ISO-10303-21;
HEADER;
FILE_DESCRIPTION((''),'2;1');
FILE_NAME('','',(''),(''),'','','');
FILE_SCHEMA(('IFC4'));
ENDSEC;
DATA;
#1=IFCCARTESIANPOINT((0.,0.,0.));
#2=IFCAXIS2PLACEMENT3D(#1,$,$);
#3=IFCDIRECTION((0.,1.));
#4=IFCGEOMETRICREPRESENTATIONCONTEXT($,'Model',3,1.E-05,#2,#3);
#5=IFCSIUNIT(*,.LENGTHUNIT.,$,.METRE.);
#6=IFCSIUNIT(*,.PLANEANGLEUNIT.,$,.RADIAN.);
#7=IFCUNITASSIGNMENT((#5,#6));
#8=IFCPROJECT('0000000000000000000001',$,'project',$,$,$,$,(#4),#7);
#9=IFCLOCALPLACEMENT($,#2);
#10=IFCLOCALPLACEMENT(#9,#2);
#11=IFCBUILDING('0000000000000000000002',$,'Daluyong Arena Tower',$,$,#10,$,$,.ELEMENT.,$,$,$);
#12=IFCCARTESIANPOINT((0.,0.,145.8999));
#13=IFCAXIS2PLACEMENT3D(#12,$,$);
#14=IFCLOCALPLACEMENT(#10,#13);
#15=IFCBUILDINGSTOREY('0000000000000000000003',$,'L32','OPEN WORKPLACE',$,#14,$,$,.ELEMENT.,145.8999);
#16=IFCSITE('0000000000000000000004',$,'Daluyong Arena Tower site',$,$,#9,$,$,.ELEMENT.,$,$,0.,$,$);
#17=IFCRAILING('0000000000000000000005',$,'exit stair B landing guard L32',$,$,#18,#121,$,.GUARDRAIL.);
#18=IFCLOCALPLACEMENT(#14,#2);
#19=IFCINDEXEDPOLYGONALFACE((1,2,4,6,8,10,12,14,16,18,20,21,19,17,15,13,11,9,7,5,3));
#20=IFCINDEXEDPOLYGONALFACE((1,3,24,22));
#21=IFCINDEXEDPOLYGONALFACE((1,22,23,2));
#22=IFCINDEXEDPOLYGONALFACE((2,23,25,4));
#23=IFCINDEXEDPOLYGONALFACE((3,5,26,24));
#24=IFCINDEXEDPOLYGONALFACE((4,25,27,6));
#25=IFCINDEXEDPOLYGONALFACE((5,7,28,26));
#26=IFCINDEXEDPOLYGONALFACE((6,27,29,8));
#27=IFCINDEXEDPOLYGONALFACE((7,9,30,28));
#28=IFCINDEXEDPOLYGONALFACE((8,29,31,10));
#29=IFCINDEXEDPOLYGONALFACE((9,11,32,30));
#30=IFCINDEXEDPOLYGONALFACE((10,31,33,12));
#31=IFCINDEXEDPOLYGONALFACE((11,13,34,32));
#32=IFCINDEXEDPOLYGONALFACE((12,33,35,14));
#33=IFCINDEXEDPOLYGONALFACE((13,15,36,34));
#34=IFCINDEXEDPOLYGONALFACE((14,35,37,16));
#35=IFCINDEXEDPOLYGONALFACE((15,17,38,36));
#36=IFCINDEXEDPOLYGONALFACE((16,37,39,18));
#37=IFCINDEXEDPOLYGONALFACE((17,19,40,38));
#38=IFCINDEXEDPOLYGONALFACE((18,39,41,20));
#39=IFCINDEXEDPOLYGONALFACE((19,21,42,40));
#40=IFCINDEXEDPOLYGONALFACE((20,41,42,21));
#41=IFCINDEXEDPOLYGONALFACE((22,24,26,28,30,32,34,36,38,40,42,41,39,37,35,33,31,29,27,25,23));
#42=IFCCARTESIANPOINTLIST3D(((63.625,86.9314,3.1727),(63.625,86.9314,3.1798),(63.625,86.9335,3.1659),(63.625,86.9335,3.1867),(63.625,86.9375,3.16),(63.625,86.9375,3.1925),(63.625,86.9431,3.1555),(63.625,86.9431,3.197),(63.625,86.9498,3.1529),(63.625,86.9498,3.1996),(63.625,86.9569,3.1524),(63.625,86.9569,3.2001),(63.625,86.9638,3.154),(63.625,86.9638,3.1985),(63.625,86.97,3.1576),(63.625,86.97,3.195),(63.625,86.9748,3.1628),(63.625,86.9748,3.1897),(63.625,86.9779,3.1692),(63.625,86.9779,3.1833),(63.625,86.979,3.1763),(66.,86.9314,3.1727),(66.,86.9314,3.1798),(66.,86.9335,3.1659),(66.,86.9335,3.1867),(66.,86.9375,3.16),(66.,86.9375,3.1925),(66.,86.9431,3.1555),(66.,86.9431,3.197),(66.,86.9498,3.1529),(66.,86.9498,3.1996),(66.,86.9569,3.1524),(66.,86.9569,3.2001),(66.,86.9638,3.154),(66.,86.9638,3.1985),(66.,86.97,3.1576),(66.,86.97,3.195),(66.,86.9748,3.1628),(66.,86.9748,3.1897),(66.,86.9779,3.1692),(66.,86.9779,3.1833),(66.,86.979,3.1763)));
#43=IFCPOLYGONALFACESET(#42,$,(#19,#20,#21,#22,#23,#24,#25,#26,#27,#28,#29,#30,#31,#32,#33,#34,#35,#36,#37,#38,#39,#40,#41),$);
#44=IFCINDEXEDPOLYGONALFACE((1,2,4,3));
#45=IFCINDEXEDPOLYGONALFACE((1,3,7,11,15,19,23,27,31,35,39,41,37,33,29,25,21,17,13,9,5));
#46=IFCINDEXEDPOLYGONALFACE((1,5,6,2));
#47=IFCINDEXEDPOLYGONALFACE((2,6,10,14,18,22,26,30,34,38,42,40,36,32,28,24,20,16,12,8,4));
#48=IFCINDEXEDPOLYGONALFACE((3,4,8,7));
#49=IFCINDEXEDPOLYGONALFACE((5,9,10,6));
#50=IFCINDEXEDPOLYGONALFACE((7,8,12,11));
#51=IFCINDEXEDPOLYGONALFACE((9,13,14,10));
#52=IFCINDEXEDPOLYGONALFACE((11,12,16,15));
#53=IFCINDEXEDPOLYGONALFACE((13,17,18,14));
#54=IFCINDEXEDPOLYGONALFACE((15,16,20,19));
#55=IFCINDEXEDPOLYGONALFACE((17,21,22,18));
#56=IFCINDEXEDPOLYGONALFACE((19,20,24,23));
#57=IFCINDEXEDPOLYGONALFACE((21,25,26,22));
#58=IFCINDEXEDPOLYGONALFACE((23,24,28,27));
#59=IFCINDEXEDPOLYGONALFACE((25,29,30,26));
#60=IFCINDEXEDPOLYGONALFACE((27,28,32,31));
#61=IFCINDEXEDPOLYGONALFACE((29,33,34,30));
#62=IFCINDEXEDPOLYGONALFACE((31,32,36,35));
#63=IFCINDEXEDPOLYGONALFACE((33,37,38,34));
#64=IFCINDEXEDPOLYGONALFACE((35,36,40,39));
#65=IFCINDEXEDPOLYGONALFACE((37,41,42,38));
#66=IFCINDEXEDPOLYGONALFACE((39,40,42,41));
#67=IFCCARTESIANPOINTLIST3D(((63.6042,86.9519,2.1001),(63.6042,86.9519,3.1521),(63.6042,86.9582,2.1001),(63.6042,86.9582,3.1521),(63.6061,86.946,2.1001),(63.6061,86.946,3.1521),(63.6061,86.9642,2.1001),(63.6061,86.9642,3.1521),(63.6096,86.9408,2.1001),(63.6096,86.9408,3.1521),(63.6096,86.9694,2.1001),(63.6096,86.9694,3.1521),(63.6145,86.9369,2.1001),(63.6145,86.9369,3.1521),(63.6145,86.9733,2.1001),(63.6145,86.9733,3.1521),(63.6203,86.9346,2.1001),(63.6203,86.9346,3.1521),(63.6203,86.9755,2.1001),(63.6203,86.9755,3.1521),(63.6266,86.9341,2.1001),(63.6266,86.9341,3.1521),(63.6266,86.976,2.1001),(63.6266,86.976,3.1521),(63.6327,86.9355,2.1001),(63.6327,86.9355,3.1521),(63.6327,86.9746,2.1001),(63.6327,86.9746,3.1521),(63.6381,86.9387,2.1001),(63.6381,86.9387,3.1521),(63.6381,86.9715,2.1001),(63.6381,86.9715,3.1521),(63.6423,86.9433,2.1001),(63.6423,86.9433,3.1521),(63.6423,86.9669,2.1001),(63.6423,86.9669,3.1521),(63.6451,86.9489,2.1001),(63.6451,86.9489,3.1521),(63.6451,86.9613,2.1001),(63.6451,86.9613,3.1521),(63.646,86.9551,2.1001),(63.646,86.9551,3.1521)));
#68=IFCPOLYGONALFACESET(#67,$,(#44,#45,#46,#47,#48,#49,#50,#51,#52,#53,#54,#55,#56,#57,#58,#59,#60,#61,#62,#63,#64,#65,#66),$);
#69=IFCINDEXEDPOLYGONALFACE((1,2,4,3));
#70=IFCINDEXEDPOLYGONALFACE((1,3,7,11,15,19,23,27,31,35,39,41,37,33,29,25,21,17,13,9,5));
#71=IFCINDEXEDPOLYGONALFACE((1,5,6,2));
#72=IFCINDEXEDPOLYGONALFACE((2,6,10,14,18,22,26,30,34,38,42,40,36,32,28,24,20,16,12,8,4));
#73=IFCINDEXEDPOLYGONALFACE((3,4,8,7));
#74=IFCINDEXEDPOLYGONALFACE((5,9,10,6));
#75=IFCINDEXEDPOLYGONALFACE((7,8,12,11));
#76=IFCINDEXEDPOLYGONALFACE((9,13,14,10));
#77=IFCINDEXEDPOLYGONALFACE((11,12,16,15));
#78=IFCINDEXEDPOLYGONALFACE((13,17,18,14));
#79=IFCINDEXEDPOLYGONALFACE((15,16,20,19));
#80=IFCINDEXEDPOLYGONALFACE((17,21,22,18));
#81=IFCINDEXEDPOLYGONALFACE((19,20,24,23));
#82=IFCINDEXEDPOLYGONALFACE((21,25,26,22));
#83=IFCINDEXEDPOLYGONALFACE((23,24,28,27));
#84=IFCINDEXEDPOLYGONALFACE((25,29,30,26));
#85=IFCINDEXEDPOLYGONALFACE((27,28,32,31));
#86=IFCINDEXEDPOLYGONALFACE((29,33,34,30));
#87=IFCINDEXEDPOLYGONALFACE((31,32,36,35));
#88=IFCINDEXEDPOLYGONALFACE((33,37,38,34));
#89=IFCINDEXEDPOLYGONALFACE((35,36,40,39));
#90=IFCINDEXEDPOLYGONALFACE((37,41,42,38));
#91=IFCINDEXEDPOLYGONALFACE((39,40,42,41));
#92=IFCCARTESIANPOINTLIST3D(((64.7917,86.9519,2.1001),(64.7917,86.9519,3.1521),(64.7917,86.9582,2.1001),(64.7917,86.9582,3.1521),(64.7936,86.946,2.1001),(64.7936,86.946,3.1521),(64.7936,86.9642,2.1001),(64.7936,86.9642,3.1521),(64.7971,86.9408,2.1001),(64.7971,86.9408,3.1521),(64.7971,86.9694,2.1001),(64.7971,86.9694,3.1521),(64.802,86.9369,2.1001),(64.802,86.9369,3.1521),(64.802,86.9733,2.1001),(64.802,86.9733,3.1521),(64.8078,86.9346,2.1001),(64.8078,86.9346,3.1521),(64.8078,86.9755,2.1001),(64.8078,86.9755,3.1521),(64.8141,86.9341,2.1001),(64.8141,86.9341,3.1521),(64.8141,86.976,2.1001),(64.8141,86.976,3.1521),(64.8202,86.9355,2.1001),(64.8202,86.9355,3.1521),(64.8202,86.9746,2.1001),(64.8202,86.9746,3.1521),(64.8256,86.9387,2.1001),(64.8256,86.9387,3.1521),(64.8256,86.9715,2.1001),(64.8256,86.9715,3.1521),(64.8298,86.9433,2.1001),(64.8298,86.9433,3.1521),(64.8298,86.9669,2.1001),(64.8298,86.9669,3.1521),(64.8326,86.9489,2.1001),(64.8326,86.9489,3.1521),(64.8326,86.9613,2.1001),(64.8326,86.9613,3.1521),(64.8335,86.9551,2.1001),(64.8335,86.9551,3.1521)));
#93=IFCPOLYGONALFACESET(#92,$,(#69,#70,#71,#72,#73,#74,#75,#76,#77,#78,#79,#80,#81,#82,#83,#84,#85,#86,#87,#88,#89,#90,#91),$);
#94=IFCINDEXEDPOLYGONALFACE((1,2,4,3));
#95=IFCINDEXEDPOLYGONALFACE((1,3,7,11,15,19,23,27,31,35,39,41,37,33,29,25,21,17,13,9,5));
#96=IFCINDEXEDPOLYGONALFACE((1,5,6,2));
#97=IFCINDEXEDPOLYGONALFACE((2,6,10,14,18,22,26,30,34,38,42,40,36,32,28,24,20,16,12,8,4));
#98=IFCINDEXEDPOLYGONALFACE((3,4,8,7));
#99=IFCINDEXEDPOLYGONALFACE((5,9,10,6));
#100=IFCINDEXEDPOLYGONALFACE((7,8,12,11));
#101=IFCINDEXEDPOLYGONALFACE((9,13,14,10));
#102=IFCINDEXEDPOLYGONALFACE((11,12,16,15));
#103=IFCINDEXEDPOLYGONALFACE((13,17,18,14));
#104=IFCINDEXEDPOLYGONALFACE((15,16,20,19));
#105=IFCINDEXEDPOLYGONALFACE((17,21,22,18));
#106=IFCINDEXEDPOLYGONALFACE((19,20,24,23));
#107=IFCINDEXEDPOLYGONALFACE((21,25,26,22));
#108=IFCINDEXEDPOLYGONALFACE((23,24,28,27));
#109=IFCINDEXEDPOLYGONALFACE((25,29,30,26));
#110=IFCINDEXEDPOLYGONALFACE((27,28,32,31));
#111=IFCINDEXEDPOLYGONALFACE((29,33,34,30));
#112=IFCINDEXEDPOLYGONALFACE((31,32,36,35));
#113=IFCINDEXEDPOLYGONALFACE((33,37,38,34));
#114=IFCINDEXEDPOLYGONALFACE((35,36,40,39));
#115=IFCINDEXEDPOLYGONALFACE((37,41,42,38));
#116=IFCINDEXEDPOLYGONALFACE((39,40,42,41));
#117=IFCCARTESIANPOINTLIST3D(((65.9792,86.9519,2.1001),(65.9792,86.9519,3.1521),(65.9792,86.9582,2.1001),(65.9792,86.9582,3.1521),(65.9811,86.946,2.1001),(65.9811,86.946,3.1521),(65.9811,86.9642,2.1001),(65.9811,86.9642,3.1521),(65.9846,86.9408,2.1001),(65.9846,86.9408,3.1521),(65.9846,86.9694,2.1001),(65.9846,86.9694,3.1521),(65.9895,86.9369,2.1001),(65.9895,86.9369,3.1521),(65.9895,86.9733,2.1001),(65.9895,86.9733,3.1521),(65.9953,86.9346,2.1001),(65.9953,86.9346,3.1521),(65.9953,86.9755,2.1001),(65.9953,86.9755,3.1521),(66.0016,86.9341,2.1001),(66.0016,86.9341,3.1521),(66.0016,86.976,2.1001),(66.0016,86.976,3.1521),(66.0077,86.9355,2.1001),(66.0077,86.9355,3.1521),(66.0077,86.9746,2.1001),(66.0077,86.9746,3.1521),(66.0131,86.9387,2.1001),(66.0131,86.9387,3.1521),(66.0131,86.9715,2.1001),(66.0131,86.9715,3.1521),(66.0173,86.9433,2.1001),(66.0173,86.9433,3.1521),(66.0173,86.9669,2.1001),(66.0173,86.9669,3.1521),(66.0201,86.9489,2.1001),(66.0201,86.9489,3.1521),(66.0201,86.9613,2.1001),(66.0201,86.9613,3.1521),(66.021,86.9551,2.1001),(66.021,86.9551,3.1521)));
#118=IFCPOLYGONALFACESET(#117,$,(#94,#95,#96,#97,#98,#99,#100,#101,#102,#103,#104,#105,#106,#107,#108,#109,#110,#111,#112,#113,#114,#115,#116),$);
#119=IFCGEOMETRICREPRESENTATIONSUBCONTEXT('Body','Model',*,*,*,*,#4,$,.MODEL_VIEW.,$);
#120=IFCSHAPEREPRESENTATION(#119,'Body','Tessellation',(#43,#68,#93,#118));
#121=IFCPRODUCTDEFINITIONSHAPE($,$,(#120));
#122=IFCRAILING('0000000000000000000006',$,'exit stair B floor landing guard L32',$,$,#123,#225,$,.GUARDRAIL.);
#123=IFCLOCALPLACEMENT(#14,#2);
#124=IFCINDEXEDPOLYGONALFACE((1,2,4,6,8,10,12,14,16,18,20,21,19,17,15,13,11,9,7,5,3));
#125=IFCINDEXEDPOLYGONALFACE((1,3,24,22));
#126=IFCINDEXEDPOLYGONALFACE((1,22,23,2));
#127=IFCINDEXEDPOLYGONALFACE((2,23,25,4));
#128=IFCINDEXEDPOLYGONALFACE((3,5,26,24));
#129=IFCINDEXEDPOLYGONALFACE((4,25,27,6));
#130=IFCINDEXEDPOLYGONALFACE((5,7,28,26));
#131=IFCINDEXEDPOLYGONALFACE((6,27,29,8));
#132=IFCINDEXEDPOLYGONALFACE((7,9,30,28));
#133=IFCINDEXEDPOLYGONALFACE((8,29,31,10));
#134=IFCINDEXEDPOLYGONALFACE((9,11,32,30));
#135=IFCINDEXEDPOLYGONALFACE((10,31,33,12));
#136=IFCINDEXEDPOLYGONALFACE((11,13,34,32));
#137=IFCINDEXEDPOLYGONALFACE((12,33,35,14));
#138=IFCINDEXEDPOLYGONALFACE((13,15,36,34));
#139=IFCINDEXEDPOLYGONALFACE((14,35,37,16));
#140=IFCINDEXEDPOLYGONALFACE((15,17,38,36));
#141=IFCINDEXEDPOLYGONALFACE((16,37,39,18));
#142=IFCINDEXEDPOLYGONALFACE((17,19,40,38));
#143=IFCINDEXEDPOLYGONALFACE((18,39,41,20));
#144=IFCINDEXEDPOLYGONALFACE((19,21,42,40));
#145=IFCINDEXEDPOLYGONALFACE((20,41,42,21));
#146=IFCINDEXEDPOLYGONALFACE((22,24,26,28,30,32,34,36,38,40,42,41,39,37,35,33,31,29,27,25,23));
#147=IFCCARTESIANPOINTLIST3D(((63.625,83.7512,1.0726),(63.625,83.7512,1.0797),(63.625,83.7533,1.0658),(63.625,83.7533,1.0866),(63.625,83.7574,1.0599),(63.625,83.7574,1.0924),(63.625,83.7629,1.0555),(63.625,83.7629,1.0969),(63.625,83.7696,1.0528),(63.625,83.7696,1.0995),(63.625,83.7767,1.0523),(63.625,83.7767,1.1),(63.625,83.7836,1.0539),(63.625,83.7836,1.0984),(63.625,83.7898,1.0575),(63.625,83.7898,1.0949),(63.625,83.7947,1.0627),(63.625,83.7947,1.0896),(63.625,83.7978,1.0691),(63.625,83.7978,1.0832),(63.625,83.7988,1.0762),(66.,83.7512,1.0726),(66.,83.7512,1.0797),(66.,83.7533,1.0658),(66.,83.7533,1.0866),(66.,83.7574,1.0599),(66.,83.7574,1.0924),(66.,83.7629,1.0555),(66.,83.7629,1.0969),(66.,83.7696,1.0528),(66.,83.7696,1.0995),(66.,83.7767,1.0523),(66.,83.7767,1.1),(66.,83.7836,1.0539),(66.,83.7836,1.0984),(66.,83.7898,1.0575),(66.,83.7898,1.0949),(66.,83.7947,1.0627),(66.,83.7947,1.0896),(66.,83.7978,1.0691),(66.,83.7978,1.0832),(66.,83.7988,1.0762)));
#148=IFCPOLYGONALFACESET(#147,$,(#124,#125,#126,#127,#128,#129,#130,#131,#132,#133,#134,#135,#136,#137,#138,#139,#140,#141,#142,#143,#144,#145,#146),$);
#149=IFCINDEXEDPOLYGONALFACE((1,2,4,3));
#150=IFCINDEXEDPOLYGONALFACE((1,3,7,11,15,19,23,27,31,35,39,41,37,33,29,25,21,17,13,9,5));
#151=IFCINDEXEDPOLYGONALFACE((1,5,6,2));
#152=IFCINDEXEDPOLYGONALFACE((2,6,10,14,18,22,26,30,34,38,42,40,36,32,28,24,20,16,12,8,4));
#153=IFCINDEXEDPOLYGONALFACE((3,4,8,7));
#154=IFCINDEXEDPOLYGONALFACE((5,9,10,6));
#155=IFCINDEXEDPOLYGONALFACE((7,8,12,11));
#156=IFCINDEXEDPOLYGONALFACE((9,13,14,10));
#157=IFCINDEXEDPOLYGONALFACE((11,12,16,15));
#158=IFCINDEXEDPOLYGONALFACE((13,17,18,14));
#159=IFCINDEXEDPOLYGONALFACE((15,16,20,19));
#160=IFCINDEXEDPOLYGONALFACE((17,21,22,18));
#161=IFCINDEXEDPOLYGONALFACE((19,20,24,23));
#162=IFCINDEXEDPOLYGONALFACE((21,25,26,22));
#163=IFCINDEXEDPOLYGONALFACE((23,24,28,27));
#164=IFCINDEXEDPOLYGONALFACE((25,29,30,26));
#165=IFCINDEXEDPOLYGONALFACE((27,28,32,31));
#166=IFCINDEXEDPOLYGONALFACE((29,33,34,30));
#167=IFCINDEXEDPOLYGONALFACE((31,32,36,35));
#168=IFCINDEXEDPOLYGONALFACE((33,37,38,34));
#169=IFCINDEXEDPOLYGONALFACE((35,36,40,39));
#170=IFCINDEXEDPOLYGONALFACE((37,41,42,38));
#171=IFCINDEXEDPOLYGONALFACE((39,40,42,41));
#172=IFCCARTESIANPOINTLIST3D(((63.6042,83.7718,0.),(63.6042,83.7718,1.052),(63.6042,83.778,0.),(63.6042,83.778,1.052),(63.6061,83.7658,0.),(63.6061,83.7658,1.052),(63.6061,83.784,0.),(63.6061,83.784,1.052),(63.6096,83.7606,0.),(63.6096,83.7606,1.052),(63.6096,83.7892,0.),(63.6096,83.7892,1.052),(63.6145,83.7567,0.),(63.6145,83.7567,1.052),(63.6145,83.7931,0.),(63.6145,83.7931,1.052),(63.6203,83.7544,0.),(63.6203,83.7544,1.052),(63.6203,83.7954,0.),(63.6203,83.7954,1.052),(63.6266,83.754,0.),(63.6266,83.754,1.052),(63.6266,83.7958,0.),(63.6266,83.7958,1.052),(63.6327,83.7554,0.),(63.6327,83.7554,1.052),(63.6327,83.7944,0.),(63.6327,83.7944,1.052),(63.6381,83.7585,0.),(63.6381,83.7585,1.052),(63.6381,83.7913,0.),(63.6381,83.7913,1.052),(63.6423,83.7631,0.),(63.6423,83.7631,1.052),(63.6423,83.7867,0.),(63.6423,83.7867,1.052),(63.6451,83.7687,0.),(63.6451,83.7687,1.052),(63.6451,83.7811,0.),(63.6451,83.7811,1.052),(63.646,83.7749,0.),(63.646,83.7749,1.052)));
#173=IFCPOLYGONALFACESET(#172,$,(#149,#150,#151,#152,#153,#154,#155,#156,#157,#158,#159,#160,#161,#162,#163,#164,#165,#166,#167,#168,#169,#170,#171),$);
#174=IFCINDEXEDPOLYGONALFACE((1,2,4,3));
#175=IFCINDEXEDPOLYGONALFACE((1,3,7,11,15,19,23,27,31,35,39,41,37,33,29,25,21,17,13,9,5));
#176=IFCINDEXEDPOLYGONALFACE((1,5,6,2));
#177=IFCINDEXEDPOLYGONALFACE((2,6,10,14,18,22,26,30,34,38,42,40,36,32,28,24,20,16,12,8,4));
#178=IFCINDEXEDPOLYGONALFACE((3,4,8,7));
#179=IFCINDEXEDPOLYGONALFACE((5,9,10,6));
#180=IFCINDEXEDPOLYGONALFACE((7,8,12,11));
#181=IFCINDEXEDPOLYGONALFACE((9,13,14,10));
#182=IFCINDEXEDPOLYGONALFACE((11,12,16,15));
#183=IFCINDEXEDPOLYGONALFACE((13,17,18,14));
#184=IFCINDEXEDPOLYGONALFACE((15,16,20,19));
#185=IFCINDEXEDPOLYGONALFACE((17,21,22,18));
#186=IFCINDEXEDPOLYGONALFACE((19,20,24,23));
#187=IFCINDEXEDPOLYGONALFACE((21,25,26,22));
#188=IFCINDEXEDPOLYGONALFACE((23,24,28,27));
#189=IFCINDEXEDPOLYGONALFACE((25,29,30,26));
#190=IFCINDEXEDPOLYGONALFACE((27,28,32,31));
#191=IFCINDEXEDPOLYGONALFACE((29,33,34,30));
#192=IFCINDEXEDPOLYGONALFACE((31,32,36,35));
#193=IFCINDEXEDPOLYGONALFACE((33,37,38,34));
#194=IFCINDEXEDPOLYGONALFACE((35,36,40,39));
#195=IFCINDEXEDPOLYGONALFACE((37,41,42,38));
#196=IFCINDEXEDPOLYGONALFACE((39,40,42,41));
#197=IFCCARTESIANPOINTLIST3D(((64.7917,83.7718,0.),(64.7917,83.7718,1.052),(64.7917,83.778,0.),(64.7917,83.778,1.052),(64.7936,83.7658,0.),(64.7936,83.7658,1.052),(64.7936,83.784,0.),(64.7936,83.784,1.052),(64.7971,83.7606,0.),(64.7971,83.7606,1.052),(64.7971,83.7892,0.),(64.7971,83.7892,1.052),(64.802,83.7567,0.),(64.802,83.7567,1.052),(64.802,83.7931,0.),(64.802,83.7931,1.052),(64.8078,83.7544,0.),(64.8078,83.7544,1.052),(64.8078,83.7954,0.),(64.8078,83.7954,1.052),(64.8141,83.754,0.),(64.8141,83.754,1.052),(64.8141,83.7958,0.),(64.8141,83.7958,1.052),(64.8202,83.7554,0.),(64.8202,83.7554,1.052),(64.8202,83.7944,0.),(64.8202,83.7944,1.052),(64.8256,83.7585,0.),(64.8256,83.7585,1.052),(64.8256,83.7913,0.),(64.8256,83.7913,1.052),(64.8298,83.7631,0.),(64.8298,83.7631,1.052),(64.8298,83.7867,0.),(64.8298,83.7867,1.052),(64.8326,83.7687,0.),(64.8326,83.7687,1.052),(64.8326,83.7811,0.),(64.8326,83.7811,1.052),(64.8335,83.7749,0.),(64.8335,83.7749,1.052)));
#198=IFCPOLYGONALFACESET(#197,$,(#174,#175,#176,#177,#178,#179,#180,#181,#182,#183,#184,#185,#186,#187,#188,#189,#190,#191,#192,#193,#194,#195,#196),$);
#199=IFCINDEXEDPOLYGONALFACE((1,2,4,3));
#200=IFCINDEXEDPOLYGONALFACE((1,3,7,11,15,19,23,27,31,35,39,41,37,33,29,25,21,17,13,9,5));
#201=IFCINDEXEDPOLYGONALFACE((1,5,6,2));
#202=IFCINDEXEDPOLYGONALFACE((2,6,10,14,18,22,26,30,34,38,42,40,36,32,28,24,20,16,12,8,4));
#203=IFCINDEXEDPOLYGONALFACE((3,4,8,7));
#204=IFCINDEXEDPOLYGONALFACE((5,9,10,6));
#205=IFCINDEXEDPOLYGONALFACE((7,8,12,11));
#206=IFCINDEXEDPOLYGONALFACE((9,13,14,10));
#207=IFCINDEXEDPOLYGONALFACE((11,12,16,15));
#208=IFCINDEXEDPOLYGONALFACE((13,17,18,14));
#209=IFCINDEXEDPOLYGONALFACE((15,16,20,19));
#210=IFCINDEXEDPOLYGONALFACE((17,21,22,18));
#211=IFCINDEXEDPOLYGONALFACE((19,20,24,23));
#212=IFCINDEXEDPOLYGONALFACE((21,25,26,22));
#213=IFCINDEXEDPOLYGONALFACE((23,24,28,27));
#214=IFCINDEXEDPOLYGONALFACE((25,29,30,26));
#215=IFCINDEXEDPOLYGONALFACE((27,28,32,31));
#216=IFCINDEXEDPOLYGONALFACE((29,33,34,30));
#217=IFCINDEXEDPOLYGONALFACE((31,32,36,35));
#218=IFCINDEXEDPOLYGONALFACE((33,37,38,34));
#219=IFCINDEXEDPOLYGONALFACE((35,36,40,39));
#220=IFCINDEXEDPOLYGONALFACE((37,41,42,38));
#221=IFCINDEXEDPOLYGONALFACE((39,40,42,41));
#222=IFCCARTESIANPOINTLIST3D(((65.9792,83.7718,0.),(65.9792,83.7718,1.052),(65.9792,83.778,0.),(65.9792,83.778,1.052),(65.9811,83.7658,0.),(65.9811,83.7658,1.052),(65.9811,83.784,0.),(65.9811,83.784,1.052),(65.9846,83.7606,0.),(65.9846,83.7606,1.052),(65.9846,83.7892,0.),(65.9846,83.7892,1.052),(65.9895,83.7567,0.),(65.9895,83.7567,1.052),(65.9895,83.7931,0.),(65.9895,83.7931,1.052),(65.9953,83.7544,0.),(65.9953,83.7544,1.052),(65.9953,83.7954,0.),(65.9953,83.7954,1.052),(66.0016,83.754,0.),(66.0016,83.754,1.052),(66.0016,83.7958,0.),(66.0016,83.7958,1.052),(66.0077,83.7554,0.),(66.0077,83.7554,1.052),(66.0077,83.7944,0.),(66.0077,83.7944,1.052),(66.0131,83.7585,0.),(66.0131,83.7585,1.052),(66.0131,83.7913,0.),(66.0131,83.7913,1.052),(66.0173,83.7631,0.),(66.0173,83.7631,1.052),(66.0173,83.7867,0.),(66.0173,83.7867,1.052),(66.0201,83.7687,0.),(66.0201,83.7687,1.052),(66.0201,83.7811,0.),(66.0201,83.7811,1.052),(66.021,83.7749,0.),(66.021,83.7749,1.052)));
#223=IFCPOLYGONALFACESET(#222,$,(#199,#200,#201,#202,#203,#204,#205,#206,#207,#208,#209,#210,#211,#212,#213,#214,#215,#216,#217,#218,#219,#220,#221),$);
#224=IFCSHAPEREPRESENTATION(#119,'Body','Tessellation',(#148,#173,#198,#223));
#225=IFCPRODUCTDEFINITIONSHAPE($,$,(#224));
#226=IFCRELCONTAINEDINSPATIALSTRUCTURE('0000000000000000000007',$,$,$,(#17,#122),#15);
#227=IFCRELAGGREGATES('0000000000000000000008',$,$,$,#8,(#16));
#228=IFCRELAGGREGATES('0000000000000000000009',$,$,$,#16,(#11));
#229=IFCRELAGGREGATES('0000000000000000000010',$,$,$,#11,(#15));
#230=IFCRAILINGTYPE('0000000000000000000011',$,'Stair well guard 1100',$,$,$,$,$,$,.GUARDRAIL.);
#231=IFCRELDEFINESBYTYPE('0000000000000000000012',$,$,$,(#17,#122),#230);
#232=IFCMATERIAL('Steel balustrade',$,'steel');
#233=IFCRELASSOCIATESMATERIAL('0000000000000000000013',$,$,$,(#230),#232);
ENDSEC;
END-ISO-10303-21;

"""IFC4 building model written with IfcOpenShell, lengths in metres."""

from ifc_helpers import new_model, si_unit, direction, frame, origin, origin_2d, place, context, subcontext, project, spatial, circle, extrude, material, type_object, element, save


model = new_model("IFC4")

# Units and contexts
model_context = context("Model", 3, precision=1e-05, world=origin(), true_north=direction((0.0, 1.0)))
body_context = subcontext(model_context, "Body", "Model", "MODEL_VIEW")
ifc_project = project(units=[si_unit("LENGTHUNIT", "METRE"), si_unit("PLANEANGLEUNIT", "RADIAN")], contexts=[model_context])

# Site, building, storey
site_placement = place(None, origin())
site = spatial("IfcSite", under=ifc_project, at=site_placement, Name="Daluyong Arena Tower site", CompositionType="ELEMENT", RefElevation=0.0)
building_placement = place(site_placement, origin())
building = spatial("IfcBuilding", under=site, at=building_placement, Name="Daluyong Arena Tower", CompositionType="ELEMENT")
storey_placement = place(building_placement, frame((0.0, 0.0, 145.8999)))
storey = spatial("IfcBuildingStorey", under=building, at=storey_placement, Name="L32", Description="OPEN WORKPLACE", CompositionType="ELEMENT", Elevation=145.8999)

# Railings
ifc_material_1 = material(Name="Steel balustrade", Category="steel")
railing_type_1 = type_object("IfcRailingType", Name="Stair well guard 1100", PredefinedType="GUARDRAIL", material=ifc_material_1)
for number, where, name in (
    (1, (63.625, 86.9551, 2.1001), "exit stair B landing guard L32"),
    (2, (63.625, 83.7749, 0.0), "exit stair B floor landing guard L32"),
):
    element("IfcRailing", number, at=place(storey_placement, frame(where)), inside=storey, type_object=railing_type_1, Name=name, PredefinedType="GUARDRAIL", context=body_context, shape_type="SweptSolid", body=[
        extrude(circle(Radius=0.0239, at=origin_2d()), frame((0.0, 0.0, 1.0762), z_axis=(1.0, 0.0, 0.0), x_axis=(0.0, 1.0, 0.0)), (0.0, 0.0, 1.0), 2.375),
        extrude(circle(Radius=0.021, at=origin_2d()), origin(), (0.0, 0.0, 1.0), 1.052),
        extrude(circle(Radius=0.021, at=origin_2d()), frame((1.1875, 0.0, 0.0)), (0.0, 0.0, 1.0), 1.052),
        extrude(circle(Radius=0.021, at=origin_2d()), frame((2.375, 0.0, 0.0)), (0.0, 0.0, 1.0), 1.052),
    ])

save(model, "model.ifc")
